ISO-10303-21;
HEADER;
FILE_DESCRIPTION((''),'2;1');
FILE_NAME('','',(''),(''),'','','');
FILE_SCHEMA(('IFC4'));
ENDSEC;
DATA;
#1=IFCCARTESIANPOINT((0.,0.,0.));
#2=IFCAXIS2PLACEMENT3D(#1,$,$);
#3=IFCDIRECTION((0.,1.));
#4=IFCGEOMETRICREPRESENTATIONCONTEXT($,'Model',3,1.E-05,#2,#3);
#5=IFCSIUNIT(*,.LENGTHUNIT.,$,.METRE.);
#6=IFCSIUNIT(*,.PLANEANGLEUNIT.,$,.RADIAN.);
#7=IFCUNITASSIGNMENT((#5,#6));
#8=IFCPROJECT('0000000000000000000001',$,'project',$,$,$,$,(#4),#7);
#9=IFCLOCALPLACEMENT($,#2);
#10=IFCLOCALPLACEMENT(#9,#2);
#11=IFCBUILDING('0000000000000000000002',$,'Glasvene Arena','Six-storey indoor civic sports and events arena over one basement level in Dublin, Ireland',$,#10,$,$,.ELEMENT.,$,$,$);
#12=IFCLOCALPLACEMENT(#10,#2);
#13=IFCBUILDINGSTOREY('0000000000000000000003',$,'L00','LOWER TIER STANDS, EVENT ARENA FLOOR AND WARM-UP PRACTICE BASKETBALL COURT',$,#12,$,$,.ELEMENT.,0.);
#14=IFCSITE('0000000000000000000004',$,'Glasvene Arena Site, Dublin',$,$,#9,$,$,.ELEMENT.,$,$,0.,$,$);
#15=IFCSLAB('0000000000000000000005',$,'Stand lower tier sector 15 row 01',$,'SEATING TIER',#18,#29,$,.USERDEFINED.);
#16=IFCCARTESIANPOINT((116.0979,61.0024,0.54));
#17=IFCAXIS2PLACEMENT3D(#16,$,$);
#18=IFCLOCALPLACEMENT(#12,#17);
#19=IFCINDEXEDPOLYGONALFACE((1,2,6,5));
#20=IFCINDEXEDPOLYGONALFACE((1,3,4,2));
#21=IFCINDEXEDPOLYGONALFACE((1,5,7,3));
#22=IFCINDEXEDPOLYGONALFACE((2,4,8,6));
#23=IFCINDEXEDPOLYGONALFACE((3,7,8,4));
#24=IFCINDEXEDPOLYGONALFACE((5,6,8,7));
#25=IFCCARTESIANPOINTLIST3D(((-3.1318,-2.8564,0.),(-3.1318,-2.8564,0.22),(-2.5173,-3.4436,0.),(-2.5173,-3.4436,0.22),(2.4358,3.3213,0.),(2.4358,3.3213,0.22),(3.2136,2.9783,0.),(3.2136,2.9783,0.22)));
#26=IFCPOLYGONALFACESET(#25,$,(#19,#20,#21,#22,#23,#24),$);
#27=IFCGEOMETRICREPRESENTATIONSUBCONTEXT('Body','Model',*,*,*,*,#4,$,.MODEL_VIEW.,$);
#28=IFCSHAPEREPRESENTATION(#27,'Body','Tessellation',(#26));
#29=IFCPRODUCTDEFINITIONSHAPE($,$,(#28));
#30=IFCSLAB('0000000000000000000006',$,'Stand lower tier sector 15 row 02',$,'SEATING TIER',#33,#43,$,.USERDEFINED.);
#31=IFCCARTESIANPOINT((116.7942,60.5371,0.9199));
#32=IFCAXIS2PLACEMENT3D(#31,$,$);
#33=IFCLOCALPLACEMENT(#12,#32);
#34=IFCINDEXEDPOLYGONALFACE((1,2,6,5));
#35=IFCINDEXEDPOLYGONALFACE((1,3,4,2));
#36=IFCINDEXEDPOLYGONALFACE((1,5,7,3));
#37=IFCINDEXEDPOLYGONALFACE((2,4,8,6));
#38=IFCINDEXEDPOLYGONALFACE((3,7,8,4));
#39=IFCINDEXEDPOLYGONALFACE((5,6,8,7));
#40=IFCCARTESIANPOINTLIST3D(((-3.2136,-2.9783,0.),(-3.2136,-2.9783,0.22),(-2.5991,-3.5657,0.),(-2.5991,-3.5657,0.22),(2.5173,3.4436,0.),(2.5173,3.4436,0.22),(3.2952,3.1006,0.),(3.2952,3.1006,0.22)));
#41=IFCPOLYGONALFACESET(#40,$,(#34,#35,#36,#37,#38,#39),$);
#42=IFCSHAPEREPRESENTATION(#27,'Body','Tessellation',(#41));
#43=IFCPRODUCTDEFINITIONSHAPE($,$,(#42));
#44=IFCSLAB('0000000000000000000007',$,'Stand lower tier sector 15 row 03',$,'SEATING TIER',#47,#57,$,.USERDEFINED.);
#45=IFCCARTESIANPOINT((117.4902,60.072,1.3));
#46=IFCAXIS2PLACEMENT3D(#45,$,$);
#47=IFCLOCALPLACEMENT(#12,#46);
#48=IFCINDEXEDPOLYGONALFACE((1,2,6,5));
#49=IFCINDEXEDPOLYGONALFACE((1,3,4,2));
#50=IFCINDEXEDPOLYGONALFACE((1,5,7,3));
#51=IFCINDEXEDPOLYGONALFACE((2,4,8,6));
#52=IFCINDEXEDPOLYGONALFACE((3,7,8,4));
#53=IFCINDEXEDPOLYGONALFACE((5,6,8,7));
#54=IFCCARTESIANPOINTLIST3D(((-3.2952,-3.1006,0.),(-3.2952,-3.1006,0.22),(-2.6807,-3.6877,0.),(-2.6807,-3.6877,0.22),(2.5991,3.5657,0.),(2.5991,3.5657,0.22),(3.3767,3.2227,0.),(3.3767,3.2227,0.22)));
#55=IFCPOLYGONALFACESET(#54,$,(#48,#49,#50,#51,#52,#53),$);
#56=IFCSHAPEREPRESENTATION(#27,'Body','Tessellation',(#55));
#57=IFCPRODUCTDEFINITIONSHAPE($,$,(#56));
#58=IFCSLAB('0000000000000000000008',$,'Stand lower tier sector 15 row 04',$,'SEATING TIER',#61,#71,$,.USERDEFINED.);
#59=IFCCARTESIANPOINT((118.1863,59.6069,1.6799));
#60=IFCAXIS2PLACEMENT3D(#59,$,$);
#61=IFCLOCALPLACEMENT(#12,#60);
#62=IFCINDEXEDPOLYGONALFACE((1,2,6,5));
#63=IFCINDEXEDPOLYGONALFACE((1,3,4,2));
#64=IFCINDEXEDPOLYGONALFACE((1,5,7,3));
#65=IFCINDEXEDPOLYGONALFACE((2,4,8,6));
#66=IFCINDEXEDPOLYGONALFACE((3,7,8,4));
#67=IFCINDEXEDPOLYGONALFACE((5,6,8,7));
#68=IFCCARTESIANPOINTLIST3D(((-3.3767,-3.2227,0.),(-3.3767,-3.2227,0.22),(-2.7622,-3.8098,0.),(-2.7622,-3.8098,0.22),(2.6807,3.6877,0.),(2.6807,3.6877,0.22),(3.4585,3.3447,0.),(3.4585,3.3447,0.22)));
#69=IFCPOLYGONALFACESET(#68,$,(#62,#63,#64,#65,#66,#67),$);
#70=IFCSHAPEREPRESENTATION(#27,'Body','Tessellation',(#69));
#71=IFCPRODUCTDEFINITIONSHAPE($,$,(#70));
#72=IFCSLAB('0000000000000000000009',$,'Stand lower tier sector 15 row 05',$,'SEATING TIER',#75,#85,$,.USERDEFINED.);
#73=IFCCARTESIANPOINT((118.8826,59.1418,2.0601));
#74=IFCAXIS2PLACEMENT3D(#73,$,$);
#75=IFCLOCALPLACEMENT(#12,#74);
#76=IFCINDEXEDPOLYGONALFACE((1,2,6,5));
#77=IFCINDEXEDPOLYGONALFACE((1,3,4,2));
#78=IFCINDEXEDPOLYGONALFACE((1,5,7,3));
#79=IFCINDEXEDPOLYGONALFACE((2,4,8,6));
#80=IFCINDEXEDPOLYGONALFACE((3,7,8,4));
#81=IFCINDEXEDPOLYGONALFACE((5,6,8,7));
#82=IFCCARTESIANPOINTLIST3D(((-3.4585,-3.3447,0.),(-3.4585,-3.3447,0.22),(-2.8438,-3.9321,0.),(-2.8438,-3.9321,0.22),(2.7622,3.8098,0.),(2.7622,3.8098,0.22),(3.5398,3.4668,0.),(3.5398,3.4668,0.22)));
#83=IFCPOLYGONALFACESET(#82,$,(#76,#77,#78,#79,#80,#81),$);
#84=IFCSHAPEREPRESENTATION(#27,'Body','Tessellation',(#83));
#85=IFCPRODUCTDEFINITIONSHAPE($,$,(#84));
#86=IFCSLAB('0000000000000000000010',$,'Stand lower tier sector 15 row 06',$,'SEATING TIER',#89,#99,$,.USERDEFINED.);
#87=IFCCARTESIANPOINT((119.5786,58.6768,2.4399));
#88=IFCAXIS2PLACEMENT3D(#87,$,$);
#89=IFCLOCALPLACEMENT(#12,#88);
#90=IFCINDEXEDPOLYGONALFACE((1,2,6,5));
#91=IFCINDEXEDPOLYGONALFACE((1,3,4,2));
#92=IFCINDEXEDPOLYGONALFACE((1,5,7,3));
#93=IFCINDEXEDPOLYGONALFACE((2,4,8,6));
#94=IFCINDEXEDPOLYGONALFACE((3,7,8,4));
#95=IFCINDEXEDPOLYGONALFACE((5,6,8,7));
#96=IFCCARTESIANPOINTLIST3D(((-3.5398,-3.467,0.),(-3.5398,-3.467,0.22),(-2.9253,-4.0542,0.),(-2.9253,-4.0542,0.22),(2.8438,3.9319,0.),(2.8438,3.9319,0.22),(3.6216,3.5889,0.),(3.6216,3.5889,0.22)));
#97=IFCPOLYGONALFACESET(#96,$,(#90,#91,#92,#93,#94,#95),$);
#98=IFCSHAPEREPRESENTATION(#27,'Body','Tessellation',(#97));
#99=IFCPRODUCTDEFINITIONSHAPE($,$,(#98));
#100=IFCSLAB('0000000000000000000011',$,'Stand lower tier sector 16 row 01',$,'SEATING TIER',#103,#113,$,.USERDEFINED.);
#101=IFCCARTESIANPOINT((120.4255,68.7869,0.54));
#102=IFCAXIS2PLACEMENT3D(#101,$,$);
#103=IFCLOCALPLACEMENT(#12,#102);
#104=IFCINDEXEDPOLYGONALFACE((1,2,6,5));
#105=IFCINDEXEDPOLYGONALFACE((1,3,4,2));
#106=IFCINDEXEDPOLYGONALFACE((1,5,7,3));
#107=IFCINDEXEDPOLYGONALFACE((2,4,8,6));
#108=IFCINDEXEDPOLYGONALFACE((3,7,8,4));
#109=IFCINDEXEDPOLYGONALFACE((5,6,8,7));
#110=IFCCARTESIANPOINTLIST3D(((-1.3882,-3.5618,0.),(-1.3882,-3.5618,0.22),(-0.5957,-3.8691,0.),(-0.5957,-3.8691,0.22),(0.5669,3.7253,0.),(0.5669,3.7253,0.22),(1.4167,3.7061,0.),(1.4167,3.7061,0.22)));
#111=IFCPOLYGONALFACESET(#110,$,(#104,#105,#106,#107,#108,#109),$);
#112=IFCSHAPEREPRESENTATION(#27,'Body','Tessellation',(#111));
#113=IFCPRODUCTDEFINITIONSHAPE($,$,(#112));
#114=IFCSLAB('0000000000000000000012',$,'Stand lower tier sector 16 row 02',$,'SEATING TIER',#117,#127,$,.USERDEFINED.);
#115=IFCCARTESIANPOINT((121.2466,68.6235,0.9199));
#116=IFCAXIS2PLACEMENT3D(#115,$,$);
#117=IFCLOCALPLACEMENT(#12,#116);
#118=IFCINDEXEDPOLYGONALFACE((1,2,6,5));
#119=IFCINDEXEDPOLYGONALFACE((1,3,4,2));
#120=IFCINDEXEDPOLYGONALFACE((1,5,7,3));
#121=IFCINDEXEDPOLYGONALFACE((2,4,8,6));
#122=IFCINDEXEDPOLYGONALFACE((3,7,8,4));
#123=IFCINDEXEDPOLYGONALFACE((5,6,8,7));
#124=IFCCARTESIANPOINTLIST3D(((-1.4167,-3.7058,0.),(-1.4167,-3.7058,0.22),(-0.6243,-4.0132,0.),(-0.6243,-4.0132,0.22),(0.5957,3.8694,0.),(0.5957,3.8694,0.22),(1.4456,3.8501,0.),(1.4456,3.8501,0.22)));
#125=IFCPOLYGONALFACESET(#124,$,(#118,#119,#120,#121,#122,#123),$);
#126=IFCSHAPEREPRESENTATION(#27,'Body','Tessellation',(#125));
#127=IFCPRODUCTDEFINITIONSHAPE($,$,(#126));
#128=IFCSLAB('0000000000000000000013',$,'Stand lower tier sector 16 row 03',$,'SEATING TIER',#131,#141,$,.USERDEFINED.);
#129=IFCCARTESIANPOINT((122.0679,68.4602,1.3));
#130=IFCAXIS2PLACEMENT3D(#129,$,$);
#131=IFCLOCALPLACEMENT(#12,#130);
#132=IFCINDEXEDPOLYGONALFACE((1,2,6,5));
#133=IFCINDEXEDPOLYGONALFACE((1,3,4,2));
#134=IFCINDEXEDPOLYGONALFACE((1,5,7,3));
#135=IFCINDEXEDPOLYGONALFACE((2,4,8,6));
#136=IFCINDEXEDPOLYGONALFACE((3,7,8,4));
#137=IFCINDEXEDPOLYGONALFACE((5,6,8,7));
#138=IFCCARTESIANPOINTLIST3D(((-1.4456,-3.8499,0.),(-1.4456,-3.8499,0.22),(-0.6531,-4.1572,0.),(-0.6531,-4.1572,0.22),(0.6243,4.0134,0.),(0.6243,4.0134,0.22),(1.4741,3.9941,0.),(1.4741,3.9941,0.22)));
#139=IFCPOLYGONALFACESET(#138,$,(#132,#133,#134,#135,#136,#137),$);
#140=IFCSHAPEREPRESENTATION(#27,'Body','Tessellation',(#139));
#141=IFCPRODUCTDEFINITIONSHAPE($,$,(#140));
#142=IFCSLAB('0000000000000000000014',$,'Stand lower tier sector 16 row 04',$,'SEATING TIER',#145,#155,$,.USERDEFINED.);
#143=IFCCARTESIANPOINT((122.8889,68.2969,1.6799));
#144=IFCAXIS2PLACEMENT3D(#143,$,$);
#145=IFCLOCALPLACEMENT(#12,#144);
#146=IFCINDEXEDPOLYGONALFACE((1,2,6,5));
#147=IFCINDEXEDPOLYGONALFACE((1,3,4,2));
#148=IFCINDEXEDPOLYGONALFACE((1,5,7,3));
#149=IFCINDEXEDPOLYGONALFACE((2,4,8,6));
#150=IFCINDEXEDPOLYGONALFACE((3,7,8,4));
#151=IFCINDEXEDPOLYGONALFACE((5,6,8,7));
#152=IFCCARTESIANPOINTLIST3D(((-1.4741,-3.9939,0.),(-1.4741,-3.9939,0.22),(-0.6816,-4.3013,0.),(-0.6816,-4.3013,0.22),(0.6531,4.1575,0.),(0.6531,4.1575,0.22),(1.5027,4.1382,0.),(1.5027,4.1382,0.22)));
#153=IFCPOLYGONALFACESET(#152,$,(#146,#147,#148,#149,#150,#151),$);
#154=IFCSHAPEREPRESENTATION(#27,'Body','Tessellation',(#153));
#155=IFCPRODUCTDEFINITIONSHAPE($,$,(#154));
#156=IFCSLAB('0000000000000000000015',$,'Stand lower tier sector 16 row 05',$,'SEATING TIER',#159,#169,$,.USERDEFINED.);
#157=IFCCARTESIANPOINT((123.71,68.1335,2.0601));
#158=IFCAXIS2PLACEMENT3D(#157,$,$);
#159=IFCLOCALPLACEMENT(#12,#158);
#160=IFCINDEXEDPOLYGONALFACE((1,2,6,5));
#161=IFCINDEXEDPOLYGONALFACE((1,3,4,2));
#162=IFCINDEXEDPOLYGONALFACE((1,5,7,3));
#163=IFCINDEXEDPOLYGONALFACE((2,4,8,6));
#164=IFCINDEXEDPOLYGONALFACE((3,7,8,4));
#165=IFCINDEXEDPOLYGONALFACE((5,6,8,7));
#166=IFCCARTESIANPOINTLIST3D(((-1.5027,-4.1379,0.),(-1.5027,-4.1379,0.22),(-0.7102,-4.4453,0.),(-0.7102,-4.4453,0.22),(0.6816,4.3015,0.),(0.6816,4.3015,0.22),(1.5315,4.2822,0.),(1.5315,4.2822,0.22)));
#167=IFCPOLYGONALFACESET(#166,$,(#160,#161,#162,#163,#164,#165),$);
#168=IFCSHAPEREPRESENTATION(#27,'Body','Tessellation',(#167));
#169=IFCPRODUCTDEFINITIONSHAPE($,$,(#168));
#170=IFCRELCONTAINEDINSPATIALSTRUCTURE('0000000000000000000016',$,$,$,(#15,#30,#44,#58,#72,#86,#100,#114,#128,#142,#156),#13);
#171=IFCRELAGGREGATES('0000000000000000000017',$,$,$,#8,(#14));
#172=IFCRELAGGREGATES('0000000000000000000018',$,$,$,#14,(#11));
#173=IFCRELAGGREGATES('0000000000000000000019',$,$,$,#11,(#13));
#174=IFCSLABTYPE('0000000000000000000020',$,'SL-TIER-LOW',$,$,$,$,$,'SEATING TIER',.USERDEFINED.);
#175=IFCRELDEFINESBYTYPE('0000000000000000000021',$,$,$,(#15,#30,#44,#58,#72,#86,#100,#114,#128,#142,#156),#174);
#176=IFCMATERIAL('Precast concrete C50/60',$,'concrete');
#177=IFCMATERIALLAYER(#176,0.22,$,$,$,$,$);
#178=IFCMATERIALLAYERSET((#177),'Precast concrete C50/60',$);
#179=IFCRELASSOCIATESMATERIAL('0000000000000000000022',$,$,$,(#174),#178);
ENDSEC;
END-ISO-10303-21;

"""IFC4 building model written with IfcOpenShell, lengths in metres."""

from ifc_helpers import new_model, si_unit, direction, frame, origin, place, context, subcontext, project, spatial, polyline, outline, extrude, material, layer, layer_set, type_object, element, save


model = new_model("IFC4")

# Units and contexts
model_context = context("Model", 3, precision=1e-05, world=origin(), true_north=direction((0.0, 1.0)))
body_context = subcontext(model_context, "Body", "Model", "MODEL_VIEW")
ifc_project = project(units=[si_unit("LENGTHUNIT", "METRE"), si_unit("PLANEANGLEUNIT", "RADIAN")], contexts=[model_context])

# Site, building, storey
site_placement = place(None, origin())
site = spatial("IfcSite", under=ifc_project, at=site_placement, Name="Glasvene Arena Site, Dublin", CompositionType="ELEMENT", RefElevation=0.0)
building_placement = place(site_placement, origin())
building = spatial("IfcBuilding", under=site, at=building_placement, Name="Glasvene Arena", Description="Six-storey indoor civic sports and events arena over one basement level in Dublin, Ireland", CompositionType="ELEMENT")
storey_placement = place(building_placement, origin())
storey = spatial("IfcBuildingStorey", under=building, at=storey_placement, Name="L00", Description="LOWER TIER STANDS, EVENT ARENA FLOOR AND WARM-UP PRACTICE BASKETBALL COURT", CompositionType="ELEMENT", Elevation=0.0)

# Shared definitions
ifc_material_1 = material(Name="Precast concrete C50/60", Category="concrete")

# Slabs
ifc_layer = layer(ifc_material_1, 0.22)
ifc_layer_set = layer_set([ifc_layer], Name="Precast concrete C50/60")
slab_type = type_object("IfcSlabType", Name="SL-TIER-LOW", ElementType="SEATING TIER", PredefinedType="USERDEFINED", material=ifc_layer_set)
slab_1_placement = place(storey_placement, frame((116.0979, 61.0024, 0.54)))
element("IfcSlab", 1, at=slab_1_placement, inside=storey, type_object=slab_type, Name="Stand lower tier sector 15 row 01", ObjectType="SEATING TIER", PredefinedType="USERDEFINED", context=body_context, shape_type="SweptSolid", body=[
    extrude(outline(polyline([(-3.1318, -2.8564), (2.4358, 3.3213), (3.2136, 2.9783), (-2.5173, -3.4436), (-3.1318, -2.8564)])), origin(), (0.0, 0.0, 1.0), 0.22),
])
slab_2_placement = place(storey_placement, frame((116.7942, 60.5371, 0.9199)))
element("IfcSlab", 2, at=slab_2_placement, inside=storey, type_object=slab_type, Name="Stand lower tier sector 15 row 02", ObjectType="SEATING TIER", PredefinedType="USERDEFINED", context=body_context, shape_type="SweptSolid", body=[
    extrude(outline(polyline([(-3.2136, -2.9783), (2.5173, 3.4436), (3.2952, 3.1006), (-2.5991, -3.5657), (-3.2136, -2.9783)])), origin(), (0.0, 0.0, 1.0), 0.22),
])
slab_3_placement = place(storey_placement, frame((117.4902, 60.072, 1.3)))
element("IfcSlab", 3, at=slab_3_placement, inside=storey, type_object=slab_type, Name="Stand lower tier sector 15 row 03", ObjectType="SEATING TIER", PredefinedType="USERDEFINED", context=body_context, shape_type="SweptSolid", body=[
    extrude(outline(polyline([(-3.2952, -3.1006), (2.5991, 3.5657), (3.3767, 3.2227), (-2.6807, -3.6877), (-3.2952, -3.1006)])), origin(), (0.0, 0.0, 1.0), 0.22),
])
slab_4_placement = place(storey_placement, frame((118.1863, 59.6069, 1.6799)))
element("IfcSlab", 4, at=slab_4_placement, inside=storey, type_object=slab_type, Name="Stand lower tier sector 15 row 04", ObjectType="SEATING TIER", PredefinedType="USERDEFINED", context=body_context, shape_type="SweptSolid", body=[
    extrude(outline(polyline([(-3.3767, -3.2227), (2.6807, 3.6877), (3.4585, 3.3447), (-2.7622, -3.8098), (-3.3767, -3.2227)])), origin(), (0.0, 0.0, 1.0), 0.22),
])
slab_5_placement = place(storey_placement, frame((118.8826, 59.1418, 2.0601)))
element("IfcSlab", 5, at=slab_5_placement, inside=storey, type_object=slab_type, Name="Stand lower tier sector 15 row 05", ObjectType="SEATING TIER", PredefinedType="USERDEFINED", context=body_context, shape_type="SweptSolid", body=[
    extrude(outline(polyline([(-3.4585, -3.3447), (2.7622, 3.8098), (3.5398, 3.4668), (-2.8438, -3.9321), (-3.4585, -3.3447)])), origin(), (0.0, 0.0, 1.0), 0.22),
])
slab_6_placement = place(storey_placement, frame((119.5786, 58.6768, 2.4399)))
element("IfcSlab", 6, at=slab_6_placement, inside=storey, type_object=slab_type, Name="Stand lower tier sector 15 row 06", ObjectType="SEATING TIER", PredefinedType="USERDEFINED", context=body_context, shape_type="SweptSolid", body=[
    extrude(outline(polyline([(-3.5398, -3.467), (2.8438, 3.9319), (3.6216, 3.5889), (-2.9253, -4.0542), (-3.5398, -3.467)])), origin(), (0.0, 0.0, 1.0), 0.22),
])
slab_7_placement = place(storey_placement, frame((120.4255, 68.7869, 0.54)))
element("IfcSlab", 7, at=slab_7_placement, inside=storey, type_object=slab_type, Name="Stand lower tier sector 16 row 01", ObjectType="SEATING TIER", PredefinedType="USERDEFINED", context=body_context, shape_type="SweptSolid", body=[
    extrude(outline(polyline([(-1.3882, -3.5618), (0.5669, 3.7253), (1.4167, 3.7061), (-0.5957, -3.8691), (-1.3882, -3.5618)])), origin(), (0.0, 0.0, 1.0), 0.22),
])
slab_8_placement = place(storey_placement, frame((121.2466, 68.6235, 0.9199)))
element("IfcSlab", 8, at=slab_8_placement, inside=storey, type_object=slab_type, Name="Stand lower tier sector 16 row 02", ObjectType="SEATING TIER", PredefinedType="USERDEFINED", context=body_context, shape_type="SweptSolid", body=[
    extrude(outline(polyline([(-1.4167, -3.7058), (0.5957, 3.8694), (1.4456, 3.8501), (-0.6243, -4.0132), (-1.4167, -3.7058)])), origin(), (0.0, 0.0, 1.0), 0.22),
])
slab_9_placement = place(storey_placement, frame((122.0679, 68.4602, 1.3)))
element("IfcSlab", 9, at=slab_9_placement, inside=storey, type_object=slab_type, Name="Stand lower tier sector 16 row 03", ObjectType="SEATING TIER", PredefinedType="USERDEFINED", context=body_context, shape_type="SweptSolid", body=[
    extrude(outline(polyline([(-1.4456, -3.8499), (0.6243, 4.0134), (1.4741, 3.9941), (-0.6531, -4.1572), (-1.4456, -3.8499)])), origin(), (0.0, 0.0, 1.0), 0.22),
])
slab_10_placement = place(storey_placement, frame((122.8889, 68.2969, 1.6799)))
element("IfcSlab", 10, at=slab_10_placement, inside=storey, type_object=slab_type, Name="Stand lower tier sector 16 row 04", ObjectType="SEATING TIER", PredefinedType="USERDEFINED", context=body_context, shape_type="SweptSolid", body=[
    extrude(outline(polyline([(-1.4741, -3.9939), (0.6531, 4.1575), (1.5027, 4.1382), (-0.6816, -4.3013), (-1.4741, -3.9939)])), origin(), (0.0, 0.0, 1.0), 0.22),
])
slab_11_placement = place(storey_placement, frame((123.71, 68.1335, 2.0601)))
element("IfcSlab", 11, at=slab_11_placement, inside=storey, type_object=slab_type, Name="Stand lower tier sector 16 row 05", ObjectType="SEATING TIER", PredefinedType="USERDEFINED", context=body_context, shape_type="SweptSolid", body=[
    extrude(outline(polyline([(-1.5027, -4.1379), (0.6816, 4.3015), (1.5315, 4.2822), (-0.7102, -4.4453), (-1.5027, -4.1379)])), origin(), (0.0, 0.0, 1.0), 0.22),
])

save(model, "model.ifc")
